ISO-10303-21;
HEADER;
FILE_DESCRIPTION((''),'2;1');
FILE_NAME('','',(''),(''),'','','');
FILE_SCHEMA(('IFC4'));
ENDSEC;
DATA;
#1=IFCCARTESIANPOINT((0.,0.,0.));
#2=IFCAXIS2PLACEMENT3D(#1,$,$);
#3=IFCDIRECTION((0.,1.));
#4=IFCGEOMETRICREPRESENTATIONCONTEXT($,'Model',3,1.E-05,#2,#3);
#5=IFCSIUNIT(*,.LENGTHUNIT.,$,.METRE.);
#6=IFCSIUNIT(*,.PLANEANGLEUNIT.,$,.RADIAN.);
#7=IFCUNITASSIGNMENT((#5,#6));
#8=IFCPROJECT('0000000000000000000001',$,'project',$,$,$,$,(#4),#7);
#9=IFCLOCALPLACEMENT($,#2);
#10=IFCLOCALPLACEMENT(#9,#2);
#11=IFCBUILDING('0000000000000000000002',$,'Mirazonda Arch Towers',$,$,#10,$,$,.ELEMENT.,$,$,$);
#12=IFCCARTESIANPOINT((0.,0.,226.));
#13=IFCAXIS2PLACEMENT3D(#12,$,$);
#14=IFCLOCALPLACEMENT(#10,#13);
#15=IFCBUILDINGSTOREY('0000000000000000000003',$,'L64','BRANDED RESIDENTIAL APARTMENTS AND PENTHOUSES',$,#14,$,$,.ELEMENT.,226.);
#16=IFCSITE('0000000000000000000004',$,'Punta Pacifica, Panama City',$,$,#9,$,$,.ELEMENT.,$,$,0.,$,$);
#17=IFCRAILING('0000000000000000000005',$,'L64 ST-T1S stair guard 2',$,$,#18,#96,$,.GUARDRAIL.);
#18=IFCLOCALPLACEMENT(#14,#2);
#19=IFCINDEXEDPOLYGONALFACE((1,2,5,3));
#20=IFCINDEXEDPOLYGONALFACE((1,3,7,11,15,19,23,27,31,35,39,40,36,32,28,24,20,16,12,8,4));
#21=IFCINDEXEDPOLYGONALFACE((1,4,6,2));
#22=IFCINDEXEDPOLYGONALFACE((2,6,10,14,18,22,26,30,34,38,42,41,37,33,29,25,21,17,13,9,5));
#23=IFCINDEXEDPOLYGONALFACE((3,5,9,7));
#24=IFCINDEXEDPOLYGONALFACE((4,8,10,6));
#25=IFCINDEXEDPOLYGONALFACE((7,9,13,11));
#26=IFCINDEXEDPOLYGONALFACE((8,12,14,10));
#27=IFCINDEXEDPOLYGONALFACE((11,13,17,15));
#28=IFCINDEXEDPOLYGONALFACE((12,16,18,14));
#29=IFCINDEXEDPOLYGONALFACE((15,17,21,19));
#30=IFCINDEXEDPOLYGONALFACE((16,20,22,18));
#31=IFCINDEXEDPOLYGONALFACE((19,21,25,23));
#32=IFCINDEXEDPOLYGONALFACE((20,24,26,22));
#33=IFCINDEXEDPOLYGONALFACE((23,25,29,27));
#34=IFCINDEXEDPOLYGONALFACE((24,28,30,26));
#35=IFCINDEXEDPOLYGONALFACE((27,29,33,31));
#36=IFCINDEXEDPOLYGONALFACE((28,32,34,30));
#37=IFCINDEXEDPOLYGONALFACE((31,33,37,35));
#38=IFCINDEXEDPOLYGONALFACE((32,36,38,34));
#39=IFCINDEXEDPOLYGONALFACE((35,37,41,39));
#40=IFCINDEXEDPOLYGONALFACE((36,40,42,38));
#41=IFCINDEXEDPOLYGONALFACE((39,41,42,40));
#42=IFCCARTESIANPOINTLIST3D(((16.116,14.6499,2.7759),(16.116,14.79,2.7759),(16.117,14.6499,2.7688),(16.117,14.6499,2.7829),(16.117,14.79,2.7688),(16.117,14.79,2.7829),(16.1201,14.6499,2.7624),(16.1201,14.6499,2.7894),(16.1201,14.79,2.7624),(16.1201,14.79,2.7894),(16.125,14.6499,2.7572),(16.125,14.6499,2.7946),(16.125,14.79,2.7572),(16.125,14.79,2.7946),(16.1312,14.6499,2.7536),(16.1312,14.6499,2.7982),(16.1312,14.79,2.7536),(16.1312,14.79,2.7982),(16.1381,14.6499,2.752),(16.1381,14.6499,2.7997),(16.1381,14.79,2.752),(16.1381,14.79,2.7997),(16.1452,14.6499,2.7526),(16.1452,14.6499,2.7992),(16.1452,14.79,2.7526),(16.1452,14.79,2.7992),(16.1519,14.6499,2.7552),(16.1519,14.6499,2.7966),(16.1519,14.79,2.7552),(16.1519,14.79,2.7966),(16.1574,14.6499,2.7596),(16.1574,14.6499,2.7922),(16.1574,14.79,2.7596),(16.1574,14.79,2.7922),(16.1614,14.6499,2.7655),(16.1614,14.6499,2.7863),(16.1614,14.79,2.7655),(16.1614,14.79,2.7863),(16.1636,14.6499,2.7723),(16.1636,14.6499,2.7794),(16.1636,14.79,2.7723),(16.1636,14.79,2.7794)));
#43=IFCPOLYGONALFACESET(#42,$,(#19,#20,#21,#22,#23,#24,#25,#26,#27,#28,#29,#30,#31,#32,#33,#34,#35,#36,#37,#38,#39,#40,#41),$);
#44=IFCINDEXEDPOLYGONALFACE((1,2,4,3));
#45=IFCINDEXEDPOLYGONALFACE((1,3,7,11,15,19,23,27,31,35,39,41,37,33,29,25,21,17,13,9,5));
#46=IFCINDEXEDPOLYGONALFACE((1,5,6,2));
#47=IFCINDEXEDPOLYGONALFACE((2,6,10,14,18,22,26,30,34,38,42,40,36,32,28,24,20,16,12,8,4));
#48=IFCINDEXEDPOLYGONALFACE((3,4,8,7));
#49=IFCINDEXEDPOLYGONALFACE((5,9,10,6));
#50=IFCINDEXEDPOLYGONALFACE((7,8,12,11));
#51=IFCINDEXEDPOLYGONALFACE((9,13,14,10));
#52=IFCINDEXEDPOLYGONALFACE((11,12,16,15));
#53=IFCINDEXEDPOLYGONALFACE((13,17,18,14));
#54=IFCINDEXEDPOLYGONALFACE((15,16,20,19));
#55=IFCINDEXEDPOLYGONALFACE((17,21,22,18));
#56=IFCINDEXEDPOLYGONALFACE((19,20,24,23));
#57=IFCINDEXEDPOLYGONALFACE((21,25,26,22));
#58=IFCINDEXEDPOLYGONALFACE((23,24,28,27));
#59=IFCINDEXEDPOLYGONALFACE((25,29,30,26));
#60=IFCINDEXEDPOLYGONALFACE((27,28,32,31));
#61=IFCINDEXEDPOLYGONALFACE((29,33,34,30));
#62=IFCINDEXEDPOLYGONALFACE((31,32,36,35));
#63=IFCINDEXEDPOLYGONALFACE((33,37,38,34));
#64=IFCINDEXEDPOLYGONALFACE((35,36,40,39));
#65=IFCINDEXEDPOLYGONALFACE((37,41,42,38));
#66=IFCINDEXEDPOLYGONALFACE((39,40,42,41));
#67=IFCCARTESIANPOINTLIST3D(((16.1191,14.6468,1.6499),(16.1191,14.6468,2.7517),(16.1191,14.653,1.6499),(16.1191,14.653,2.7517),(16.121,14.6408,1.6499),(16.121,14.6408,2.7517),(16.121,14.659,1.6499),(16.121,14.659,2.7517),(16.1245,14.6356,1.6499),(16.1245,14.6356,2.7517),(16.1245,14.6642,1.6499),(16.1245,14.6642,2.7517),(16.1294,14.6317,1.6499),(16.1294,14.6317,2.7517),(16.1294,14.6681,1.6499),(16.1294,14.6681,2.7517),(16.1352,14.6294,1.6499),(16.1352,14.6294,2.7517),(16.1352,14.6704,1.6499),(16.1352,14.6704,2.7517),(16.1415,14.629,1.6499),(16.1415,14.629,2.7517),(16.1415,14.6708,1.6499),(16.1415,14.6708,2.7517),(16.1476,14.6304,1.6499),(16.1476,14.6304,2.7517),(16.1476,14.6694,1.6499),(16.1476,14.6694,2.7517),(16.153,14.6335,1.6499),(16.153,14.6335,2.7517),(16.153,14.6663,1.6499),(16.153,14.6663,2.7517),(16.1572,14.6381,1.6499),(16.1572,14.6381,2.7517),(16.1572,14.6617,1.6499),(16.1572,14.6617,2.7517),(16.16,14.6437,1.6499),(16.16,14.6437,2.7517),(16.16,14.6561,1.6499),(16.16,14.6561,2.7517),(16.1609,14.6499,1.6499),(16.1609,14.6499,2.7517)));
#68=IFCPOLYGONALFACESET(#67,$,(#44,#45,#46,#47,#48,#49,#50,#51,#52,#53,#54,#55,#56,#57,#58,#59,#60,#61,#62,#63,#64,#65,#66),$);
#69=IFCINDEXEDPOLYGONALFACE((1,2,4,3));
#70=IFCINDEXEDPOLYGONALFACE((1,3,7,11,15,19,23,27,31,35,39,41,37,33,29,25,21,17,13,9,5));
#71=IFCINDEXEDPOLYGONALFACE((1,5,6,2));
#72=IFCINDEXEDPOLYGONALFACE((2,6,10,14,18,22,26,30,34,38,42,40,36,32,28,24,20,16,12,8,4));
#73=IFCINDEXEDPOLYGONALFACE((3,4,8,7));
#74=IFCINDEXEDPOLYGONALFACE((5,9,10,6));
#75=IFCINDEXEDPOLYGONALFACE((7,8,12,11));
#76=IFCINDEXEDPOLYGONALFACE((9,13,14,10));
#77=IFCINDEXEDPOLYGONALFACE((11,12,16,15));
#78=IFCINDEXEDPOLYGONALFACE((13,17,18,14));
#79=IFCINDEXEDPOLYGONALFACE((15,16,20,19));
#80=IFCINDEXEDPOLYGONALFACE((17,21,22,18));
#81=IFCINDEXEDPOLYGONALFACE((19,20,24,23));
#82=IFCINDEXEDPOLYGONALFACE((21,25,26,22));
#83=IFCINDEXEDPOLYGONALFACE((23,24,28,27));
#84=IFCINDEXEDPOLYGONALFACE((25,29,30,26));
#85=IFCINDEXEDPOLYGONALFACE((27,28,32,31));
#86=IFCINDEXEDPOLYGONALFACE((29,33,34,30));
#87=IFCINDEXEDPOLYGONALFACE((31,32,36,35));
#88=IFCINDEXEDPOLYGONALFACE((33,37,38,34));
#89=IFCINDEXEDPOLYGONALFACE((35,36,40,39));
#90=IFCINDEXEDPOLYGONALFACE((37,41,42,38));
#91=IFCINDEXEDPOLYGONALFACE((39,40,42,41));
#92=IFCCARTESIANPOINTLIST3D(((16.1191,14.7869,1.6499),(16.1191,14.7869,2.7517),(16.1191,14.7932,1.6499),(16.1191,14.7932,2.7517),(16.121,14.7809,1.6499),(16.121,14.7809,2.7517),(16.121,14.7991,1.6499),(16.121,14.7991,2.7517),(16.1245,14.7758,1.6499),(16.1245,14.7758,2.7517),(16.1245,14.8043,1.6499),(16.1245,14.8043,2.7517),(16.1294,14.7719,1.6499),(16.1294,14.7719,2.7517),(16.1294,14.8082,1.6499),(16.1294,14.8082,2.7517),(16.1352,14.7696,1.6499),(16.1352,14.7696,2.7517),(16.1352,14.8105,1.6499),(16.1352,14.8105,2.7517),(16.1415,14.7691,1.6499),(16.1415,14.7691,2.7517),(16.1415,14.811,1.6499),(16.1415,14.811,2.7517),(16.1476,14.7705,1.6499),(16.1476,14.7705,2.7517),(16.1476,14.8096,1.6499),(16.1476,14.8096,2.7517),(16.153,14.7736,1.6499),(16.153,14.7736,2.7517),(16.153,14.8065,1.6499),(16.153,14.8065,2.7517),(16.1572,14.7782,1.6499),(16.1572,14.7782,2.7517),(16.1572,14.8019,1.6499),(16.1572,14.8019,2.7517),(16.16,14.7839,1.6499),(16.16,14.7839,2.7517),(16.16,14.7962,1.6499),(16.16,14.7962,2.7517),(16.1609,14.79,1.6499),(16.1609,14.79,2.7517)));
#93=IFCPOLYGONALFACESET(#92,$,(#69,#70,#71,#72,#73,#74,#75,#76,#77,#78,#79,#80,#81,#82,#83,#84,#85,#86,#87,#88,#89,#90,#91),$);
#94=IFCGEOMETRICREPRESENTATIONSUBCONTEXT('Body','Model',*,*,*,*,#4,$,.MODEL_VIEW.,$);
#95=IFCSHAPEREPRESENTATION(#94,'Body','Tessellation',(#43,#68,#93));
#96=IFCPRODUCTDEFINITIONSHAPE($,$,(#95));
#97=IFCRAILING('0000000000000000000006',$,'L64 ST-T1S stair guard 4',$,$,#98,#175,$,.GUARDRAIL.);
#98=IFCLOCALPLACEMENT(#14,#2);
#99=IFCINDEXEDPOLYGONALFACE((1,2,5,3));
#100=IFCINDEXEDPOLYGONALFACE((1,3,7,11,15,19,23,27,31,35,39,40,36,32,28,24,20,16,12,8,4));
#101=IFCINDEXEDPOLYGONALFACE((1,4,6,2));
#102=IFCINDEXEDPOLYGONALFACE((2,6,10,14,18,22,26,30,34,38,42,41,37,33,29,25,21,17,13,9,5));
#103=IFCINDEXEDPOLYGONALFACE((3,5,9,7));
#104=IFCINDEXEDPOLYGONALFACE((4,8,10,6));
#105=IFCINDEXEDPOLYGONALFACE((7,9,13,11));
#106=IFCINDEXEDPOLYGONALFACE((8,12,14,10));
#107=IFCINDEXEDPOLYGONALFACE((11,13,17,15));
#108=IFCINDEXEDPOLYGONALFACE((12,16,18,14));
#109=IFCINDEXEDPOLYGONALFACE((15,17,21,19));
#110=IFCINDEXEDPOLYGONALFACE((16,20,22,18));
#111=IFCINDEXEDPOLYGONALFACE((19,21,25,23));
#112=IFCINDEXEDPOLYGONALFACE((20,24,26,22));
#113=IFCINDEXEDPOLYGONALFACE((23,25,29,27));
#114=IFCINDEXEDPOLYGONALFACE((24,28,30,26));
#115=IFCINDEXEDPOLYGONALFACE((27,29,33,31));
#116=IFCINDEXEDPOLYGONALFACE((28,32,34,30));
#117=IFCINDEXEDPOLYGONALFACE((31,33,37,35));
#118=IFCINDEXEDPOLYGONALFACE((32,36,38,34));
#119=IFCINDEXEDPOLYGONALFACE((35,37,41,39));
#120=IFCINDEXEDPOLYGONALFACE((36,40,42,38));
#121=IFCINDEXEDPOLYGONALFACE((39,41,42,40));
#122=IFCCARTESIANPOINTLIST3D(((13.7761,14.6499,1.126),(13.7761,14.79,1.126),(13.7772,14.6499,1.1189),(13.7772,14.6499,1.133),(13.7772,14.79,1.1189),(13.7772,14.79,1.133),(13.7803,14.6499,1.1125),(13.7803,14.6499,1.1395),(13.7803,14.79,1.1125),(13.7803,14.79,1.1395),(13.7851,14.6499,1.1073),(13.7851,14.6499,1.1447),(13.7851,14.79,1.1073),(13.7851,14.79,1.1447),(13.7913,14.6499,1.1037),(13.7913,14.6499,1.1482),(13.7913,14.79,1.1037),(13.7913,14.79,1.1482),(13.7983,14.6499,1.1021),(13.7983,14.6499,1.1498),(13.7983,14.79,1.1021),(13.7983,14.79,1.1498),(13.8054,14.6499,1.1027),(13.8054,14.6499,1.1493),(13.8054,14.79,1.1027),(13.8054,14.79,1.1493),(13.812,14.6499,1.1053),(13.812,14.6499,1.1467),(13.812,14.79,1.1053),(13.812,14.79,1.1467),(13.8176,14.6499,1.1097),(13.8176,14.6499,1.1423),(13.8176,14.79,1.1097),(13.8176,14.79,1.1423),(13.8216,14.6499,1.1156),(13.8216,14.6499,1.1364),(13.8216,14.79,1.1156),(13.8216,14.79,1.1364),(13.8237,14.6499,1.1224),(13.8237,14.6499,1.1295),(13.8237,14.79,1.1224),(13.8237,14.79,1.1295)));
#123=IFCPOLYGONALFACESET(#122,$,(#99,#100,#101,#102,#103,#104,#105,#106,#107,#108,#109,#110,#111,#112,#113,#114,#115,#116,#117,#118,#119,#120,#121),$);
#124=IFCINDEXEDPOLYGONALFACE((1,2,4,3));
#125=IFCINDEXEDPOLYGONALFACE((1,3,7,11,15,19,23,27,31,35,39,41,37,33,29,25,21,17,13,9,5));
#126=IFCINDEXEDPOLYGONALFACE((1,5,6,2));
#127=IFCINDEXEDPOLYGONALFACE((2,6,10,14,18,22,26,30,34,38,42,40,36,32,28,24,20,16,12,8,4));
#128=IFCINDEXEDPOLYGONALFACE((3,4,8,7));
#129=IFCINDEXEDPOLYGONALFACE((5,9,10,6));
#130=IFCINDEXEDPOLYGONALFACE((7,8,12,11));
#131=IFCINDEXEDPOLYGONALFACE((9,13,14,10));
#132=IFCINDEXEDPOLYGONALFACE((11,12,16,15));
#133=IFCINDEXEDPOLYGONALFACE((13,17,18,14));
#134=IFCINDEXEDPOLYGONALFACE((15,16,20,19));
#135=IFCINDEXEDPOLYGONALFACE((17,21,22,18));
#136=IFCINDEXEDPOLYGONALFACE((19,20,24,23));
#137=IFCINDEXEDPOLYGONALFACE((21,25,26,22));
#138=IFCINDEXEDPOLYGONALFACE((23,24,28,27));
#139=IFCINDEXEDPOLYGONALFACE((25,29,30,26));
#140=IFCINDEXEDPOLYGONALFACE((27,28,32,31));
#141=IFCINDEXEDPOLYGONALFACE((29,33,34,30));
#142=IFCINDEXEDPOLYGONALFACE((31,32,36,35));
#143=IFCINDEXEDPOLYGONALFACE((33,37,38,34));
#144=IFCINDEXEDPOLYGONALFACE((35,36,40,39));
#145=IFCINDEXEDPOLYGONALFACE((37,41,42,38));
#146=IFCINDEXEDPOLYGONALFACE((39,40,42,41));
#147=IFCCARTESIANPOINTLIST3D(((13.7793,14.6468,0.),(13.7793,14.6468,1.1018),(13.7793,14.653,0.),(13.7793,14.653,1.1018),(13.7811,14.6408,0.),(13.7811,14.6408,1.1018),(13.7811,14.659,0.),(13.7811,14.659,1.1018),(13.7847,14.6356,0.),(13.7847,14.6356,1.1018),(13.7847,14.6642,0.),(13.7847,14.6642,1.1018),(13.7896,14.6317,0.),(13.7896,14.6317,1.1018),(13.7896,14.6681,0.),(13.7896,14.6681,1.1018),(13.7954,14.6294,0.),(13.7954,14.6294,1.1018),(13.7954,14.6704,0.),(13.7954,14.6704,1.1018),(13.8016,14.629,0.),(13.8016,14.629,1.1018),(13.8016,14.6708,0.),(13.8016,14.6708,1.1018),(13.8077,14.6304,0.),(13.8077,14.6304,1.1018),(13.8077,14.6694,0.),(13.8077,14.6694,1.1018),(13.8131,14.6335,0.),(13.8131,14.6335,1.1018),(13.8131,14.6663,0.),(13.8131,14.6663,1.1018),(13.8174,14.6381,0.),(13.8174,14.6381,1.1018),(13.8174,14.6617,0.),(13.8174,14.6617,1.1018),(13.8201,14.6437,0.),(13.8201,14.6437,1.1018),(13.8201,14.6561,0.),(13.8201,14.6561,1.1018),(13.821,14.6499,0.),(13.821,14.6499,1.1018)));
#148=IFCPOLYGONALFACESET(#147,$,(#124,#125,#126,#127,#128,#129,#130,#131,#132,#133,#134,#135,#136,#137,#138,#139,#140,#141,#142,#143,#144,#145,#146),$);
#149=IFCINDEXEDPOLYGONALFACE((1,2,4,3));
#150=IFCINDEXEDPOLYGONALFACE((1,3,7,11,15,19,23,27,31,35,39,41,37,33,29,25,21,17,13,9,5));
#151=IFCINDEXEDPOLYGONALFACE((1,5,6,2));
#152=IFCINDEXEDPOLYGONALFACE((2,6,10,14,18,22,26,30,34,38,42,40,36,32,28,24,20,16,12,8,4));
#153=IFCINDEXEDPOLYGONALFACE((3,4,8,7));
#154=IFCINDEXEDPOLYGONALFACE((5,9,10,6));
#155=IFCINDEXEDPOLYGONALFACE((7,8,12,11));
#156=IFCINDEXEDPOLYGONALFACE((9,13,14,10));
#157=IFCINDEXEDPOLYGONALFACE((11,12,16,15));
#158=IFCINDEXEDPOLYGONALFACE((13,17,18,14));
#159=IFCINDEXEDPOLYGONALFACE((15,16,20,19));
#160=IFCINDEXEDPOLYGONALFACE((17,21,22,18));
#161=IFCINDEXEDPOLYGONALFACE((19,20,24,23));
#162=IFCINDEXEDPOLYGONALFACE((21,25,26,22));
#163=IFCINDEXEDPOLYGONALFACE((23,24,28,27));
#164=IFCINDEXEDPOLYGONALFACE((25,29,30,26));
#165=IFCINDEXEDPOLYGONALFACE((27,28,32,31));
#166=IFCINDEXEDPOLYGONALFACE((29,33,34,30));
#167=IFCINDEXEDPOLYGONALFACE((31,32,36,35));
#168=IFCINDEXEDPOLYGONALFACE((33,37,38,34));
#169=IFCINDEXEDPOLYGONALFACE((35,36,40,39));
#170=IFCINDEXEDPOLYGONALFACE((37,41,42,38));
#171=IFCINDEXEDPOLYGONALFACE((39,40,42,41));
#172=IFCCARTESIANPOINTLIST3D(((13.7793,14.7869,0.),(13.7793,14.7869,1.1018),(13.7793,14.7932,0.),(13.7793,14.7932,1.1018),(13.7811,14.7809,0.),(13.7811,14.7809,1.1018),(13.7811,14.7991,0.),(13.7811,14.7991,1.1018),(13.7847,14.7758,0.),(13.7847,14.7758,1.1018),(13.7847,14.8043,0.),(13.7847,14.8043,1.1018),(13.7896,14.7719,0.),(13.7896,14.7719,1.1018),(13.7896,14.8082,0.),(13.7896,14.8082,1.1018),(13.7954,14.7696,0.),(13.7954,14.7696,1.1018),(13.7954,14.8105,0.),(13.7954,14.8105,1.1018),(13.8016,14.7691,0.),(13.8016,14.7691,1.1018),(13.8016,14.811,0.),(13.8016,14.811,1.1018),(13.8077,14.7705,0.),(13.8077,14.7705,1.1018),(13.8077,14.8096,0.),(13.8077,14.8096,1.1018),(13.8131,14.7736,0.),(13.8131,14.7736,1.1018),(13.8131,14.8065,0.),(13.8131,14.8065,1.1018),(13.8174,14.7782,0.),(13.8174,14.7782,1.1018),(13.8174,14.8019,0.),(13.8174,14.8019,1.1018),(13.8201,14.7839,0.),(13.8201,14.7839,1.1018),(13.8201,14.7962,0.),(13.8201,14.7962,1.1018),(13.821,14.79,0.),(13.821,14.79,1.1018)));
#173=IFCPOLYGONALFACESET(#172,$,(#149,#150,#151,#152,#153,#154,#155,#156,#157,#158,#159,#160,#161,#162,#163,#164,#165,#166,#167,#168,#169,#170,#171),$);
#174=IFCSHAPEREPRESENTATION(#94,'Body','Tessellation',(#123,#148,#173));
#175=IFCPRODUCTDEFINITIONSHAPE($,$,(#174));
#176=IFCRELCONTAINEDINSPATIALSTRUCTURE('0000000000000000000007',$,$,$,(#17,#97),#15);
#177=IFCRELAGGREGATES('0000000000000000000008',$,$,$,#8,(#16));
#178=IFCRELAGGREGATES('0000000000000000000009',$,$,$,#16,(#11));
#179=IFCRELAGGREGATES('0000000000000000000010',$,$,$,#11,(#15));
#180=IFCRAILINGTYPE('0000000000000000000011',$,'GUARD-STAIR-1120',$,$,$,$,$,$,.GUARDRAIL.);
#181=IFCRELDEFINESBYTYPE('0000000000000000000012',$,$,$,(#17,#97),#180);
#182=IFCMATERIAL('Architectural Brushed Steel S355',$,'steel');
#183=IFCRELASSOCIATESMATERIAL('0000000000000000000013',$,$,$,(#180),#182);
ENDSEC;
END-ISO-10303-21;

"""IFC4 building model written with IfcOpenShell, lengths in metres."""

from ifc_helpers import new_model, si_unit, direction, frame, origin, origin_2d, place, context, subcontext, project, spatial, circle, extrude, material, type_object, element, save


model = new_model("IFC4")

# Units and contexts
model_context = context("Model", 3, precision=1e-05, world=origin(), true_north=direction((0.0, 1.0)))
body_context = subcontext(model_context, "Body", "Model", "MODEL_VIEW")
ifc_project = project(units=[si_unit("LENGTHUNIT", "METRE"), si_unit("PLANEANGLEUNIT", "RADIAN")], contexts=[model_context])

# Site, building, storey
site_placement = place(None, origin())
site = spatial("IfcSite", under=ifc_project, at=site_placement, Name="Punta Pacifica, Panama City", CompositionType="ELEMENT", RefElevation=0.0)
building_placement = place(site_placement, origin())
building = spatial("IfcBuilding", under=site, at=building_placement, Name="Mirazonda Arch Towers", CompositionType="ELEMENT")
storey_placement = place(building_placement, frame((0.0, 0.0, 226.0)))
storey = spatial("IfcBuildingStorey", under=building, at=storey_placement, Name="L64", Description="BRANDED RESIDENTIAL APARTMENTS AND PENTHOUSES", CompositionType="ELEMENT", Elevation=226.0)

# Railings
ifc_material_1 = material(Name="Architectural Brushed Steel S355", Category="steel")
railing_type_1 = type_object("IfcRailingType", Name="GUARD-STAIR-1120", PredefinedType="GUARDRAIL", material=ifc_material_1)
for number, where, name in (
    (1, (16.1399, 14.6499, 1.6499), "L64 ST-T1S stair guard 2"),
    (2, (13.8, 14.6499, 0.0), "L64 ST-T1S stair guard 4"),
):
    element("IfcRailing", number, at=place(storey_placement, frame(where)), inside=storey, type_object=railing_type_1, Name=name, PredefinedType="GUARDRAIL", context=body_context, shape_type="SweptSolid", body=[
        extrude(circle(Radius=0.0239, at=origin_2d()), frame((0.0, 0.0, 1.126), z_axis=(0.0, 1.0, 0.0), x_axis=(-1.0, 0.0, 0.0)), (0.0, 0.0, 1.0), 0.1401),
        extrude(circle(Radius=0.021, at=origin_2d()), origin(), (0.0, 0.0, 1.0), 1.1018),
        extrude(circle(Radius=0.021, at=origin_2d()), frame((0.0, 0.1401, 0.0)), (0.0, 0.0, 1.0), 1.1018),
    ])

save(model, "model.ifc")
